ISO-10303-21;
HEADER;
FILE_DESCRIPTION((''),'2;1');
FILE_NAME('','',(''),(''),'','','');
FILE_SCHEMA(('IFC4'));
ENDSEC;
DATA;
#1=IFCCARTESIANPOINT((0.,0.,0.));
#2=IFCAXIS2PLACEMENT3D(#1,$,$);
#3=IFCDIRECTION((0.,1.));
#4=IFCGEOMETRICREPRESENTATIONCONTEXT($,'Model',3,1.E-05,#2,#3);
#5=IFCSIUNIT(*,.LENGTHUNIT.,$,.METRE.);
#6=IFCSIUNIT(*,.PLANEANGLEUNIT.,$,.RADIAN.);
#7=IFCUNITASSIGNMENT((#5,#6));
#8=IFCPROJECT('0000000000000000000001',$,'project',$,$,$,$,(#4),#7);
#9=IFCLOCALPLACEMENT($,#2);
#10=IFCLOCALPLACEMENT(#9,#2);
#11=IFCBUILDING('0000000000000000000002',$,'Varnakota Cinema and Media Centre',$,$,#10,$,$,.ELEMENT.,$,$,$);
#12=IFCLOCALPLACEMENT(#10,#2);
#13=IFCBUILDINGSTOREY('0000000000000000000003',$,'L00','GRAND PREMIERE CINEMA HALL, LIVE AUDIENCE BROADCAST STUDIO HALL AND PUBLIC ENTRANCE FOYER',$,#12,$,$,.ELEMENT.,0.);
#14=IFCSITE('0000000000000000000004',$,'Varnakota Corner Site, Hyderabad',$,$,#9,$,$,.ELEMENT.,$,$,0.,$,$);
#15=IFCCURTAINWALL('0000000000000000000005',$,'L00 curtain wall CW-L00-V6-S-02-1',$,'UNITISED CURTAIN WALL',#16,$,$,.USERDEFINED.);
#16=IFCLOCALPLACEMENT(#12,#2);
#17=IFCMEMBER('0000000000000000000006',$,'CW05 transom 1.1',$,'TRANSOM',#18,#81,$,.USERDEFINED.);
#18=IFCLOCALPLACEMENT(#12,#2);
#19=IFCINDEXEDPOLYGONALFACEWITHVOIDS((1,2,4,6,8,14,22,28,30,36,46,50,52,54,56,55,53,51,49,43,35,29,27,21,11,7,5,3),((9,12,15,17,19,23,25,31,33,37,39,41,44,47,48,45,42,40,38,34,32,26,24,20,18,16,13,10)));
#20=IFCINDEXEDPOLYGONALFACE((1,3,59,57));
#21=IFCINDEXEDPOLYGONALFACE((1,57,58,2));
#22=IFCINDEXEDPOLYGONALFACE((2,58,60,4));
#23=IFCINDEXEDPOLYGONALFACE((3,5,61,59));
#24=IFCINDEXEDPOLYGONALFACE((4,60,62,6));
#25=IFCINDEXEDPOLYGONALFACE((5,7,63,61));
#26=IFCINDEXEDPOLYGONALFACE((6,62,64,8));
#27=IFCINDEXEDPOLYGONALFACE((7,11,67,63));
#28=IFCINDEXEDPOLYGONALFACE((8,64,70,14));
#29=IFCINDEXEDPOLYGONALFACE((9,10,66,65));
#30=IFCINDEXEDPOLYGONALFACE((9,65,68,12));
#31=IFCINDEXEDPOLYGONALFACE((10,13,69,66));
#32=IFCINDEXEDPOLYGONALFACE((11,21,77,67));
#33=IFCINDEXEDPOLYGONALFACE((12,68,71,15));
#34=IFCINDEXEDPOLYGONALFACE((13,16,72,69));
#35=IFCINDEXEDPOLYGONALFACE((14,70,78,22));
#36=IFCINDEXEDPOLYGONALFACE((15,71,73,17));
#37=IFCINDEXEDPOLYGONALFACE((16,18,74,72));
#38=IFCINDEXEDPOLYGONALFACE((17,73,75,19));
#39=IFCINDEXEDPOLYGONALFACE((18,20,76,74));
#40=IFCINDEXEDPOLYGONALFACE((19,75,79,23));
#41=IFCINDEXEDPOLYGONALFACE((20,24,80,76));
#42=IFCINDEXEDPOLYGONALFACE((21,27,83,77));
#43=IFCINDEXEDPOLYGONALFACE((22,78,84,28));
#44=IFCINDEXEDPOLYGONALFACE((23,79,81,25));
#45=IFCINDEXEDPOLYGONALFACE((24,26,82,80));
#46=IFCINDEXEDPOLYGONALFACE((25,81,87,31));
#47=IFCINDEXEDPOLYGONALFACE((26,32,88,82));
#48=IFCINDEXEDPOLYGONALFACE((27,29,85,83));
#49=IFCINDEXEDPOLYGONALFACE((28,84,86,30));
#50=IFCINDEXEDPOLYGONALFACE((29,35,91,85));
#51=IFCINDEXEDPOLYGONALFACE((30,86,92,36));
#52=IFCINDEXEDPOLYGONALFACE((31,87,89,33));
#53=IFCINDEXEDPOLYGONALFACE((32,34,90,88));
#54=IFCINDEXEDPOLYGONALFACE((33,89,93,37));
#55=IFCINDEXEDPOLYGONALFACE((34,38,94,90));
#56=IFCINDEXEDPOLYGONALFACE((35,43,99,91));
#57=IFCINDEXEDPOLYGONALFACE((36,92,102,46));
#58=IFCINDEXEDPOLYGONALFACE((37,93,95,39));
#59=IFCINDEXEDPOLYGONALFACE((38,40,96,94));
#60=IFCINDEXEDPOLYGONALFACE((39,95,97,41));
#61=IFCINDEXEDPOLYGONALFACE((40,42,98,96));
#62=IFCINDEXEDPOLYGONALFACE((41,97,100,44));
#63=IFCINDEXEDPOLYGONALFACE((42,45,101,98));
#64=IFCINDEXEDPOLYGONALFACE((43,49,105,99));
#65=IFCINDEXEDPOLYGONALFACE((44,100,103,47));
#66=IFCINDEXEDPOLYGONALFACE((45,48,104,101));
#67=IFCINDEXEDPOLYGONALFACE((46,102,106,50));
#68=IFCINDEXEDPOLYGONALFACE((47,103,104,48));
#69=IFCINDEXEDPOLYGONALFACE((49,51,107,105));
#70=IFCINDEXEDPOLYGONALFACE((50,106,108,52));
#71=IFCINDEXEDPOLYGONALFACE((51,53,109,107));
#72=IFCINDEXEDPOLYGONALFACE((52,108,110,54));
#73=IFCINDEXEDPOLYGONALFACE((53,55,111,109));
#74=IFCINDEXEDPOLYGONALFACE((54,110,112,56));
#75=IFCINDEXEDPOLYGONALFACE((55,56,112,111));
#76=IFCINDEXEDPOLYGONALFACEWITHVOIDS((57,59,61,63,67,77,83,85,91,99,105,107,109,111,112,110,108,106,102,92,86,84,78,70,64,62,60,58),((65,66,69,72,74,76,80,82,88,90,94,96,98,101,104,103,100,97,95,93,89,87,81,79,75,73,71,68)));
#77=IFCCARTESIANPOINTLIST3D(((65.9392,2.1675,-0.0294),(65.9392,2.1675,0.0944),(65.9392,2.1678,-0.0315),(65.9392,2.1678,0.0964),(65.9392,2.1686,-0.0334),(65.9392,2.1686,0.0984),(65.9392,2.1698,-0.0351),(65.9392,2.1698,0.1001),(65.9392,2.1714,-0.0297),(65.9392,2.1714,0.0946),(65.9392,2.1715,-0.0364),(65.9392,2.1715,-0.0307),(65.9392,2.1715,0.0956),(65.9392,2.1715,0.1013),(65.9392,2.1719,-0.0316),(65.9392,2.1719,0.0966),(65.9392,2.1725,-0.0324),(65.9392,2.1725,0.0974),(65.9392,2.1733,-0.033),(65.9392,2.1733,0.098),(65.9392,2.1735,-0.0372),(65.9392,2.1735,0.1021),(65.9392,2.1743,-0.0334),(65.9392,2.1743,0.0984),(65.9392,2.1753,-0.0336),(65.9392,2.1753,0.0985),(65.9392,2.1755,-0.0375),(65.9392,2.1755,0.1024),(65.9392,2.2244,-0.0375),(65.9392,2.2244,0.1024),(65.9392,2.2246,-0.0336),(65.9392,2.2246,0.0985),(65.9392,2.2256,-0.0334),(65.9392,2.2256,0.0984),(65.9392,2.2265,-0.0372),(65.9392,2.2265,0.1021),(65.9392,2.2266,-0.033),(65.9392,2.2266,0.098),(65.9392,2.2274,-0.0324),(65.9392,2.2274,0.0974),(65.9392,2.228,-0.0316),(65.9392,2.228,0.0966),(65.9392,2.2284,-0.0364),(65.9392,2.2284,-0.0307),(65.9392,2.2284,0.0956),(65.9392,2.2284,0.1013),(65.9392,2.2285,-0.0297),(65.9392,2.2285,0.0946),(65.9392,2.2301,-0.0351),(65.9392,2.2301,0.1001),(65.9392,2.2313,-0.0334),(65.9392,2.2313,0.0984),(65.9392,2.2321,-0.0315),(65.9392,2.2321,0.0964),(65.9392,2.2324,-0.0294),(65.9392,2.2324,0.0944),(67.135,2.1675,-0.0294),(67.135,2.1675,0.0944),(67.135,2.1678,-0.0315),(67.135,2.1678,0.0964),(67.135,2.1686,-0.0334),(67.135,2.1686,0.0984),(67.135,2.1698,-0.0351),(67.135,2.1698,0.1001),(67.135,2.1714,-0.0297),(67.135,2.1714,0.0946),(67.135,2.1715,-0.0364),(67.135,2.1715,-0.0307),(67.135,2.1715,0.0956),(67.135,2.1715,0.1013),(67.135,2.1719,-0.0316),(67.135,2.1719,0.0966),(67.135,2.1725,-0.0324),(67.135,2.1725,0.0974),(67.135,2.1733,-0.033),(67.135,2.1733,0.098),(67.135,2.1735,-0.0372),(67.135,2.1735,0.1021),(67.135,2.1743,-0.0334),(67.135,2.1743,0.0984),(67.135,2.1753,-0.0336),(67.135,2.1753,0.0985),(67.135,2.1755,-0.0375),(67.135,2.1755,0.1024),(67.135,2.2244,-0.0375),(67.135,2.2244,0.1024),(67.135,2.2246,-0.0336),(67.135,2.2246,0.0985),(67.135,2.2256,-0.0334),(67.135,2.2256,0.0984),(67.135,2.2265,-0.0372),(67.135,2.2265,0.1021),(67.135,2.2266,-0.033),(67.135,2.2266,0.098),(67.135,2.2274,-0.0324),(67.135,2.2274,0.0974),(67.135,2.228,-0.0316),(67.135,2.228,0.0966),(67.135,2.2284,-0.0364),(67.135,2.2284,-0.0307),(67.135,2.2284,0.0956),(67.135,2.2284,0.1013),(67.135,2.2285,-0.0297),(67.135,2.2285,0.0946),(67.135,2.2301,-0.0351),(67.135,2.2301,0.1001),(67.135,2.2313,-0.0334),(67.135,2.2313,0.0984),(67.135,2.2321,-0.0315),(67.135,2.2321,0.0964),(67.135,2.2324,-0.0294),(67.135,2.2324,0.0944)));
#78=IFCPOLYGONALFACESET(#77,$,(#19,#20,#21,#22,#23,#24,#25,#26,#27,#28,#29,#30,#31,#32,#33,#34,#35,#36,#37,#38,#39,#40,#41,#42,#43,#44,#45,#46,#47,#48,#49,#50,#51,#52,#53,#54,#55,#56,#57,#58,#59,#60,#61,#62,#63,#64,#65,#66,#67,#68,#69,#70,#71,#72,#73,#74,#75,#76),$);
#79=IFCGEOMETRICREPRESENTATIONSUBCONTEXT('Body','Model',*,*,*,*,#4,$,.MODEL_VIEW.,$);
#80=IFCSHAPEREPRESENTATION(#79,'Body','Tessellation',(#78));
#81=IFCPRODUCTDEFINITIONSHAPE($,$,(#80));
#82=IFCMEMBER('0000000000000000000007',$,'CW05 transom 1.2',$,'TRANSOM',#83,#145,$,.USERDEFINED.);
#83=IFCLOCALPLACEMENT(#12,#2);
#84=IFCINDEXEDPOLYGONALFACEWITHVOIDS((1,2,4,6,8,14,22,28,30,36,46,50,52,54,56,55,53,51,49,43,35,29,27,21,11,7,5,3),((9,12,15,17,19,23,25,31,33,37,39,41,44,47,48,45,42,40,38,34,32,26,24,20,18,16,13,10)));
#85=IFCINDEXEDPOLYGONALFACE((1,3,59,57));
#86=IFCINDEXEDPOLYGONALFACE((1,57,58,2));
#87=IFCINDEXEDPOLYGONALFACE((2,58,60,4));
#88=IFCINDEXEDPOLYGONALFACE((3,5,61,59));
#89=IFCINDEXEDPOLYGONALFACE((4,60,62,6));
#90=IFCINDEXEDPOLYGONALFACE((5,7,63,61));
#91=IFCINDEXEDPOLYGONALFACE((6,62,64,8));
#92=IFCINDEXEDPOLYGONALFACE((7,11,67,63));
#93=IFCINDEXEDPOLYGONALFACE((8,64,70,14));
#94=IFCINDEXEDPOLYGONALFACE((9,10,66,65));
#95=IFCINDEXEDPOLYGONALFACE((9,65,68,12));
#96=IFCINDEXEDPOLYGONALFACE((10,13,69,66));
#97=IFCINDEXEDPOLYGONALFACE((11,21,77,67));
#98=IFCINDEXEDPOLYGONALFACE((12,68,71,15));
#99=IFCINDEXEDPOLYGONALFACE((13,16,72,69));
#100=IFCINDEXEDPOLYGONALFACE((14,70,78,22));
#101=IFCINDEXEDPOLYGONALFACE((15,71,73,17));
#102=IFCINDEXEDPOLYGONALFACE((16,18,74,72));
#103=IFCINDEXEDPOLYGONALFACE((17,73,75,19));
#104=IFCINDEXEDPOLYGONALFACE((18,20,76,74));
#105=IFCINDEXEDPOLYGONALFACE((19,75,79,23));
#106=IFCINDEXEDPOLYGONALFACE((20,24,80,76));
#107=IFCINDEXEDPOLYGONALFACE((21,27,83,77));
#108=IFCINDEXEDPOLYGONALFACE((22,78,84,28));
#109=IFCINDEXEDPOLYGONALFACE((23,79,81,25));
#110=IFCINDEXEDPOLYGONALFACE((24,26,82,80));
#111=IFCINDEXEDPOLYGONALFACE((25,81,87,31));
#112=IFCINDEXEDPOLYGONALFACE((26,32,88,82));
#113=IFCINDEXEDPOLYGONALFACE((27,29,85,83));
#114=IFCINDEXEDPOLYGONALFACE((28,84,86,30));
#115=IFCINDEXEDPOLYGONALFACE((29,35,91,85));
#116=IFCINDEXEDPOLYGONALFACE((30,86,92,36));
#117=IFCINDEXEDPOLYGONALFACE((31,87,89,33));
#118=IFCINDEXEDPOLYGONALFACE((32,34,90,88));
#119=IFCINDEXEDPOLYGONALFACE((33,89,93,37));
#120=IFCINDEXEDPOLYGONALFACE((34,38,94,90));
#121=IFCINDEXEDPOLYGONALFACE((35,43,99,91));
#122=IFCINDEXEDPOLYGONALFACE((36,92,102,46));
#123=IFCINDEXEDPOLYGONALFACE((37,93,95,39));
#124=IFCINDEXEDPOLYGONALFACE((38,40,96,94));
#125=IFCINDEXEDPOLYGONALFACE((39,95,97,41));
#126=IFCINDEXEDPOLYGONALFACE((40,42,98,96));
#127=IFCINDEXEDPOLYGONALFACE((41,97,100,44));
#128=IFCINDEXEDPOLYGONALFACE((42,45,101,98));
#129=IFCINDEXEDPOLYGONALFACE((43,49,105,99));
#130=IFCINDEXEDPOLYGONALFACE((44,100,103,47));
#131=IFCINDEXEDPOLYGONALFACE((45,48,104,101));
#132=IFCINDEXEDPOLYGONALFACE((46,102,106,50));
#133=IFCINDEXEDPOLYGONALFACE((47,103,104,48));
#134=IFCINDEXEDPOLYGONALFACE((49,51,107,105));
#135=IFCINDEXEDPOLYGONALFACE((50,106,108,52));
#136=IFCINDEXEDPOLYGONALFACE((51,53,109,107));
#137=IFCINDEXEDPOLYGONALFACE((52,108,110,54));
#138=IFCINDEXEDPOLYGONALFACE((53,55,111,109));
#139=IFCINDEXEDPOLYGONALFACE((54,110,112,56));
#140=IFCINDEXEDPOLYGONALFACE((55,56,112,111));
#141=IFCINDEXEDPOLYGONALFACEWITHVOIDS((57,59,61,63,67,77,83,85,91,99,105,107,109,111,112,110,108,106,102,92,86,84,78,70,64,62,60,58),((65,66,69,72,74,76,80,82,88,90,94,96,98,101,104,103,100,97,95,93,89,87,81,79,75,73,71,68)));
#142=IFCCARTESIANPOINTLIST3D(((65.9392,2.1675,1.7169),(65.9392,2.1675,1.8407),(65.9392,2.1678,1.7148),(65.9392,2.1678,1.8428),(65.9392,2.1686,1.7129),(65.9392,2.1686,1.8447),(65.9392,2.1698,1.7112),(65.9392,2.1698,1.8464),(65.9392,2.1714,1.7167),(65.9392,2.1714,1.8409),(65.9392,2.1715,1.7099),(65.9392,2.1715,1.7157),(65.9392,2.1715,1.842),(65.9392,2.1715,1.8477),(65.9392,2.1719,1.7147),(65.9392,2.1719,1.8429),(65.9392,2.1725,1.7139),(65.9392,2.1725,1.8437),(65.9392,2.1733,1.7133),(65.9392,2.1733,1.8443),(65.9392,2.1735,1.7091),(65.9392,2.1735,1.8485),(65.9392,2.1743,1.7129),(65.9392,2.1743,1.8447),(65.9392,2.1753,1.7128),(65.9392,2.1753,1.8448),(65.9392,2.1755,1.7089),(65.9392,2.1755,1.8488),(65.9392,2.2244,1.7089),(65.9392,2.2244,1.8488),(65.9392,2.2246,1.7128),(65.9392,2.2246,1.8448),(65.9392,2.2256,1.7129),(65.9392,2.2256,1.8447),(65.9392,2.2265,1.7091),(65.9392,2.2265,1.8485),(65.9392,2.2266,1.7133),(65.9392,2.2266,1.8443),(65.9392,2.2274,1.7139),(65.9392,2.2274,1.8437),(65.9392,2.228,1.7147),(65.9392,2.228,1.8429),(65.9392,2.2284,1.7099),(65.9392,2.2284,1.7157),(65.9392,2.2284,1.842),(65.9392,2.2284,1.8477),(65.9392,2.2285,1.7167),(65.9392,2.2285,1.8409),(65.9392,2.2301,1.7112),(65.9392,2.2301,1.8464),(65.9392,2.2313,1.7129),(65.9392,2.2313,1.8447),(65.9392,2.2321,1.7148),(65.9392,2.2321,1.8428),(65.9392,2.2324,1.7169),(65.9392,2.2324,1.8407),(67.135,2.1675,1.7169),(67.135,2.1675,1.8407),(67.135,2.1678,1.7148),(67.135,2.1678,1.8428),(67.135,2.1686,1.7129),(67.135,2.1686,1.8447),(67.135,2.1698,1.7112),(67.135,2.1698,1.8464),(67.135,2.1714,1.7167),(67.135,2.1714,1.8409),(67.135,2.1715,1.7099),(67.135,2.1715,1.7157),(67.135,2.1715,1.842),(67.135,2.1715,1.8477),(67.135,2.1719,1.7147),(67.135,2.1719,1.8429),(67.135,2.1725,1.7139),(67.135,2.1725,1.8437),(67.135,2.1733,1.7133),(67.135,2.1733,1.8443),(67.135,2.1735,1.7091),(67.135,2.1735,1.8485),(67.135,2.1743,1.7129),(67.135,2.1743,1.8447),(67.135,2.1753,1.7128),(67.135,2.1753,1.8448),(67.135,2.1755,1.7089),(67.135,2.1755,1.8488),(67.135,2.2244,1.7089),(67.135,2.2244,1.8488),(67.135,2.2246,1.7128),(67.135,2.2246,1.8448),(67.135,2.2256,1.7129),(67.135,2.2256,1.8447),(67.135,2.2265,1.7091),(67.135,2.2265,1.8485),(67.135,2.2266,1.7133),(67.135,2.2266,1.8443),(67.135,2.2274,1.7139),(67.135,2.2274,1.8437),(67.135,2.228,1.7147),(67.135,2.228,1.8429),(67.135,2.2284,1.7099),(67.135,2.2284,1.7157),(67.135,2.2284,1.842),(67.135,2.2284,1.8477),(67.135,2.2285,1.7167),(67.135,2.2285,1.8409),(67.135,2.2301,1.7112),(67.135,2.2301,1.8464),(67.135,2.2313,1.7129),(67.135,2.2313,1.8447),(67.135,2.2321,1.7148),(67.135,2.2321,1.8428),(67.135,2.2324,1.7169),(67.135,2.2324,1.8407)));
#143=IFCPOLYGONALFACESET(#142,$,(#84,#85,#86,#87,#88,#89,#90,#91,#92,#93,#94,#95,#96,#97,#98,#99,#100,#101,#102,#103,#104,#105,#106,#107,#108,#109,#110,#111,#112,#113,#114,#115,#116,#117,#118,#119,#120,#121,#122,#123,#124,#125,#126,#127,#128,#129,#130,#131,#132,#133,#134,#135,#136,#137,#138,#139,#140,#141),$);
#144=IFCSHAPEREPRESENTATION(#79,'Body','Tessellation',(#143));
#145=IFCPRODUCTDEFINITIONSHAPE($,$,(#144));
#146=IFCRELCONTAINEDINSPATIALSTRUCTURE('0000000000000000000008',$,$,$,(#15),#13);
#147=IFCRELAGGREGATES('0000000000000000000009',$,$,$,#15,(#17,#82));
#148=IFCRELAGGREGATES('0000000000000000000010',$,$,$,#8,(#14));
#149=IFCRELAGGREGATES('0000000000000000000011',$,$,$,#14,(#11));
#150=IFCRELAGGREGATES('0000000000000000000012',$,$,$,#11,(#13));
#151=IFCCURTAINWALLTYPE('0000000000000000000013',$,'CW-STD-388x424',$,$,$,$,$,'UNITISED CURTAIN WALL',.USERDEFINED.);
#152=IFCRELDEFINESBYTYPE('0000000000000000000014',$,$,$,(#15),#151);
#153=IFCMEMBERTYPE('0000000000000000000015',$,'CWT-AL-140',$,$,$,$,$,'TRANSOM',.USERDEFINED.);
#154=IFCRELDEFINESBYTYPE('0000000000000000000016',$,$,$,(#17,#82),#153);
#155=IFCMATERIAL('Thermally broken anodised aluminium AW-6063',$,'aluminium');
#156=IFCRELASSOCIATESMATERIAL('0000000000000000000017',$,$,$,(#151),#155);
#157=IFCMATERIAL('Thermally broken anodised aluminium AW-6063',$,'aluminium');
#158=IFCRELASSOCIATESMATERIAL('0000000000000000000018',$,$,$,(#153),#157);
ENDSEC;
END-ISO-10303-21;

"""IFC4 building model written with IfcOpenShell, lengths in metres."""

from ifc_helpers import new_model, si_unit, direction, frame, origin, origin_2d, place, context, subcontext, project, spatial, hollow_rectangle, extrude, material, material_profile, profile_set, type_object, element, aggregate, save


model = new_model("IFC4")

# Units and contexts
model_context = context("Model", 3, precision=1e-05, world=origin(), true_north=direction((0.0, 1.0)))
body_context = subcontext(model_context, "Body", "Model", "MODEL_VIEW")
ifc_project = project(units=[si_unit("LENGTHUNIT", "METRE"), si_unit("PLANEANGLEUNIT", "RADIAN")], contexts=[model_context])

# Site, building, storey
site_placement = place(None, origin())
site = spatial("IfcSite", under=ifc_project, at=site_placement, Name="Varnakota Corner Site, Hyderabad", CompositionType="ELEMENT", RefElevation=0.0)
building_placement = place(site_placement, origin())
building = spatial("IfcBuilding", under=site, at=building_placement, Name="Varnakota Cinema and Media Centre", CompositionType="ELEMENT")
storey_placement = place(building_placement, origin())
storey = spatial("IfcBuildingStorey", under=building, at=storey_placement, Name="L00", Description="GRAND PREMIERE CINEMA HALL, LIVE AUDIENCE BROADCAST STUDIO HALL AND PUBLIC ENTRANCE FOYER", CompositionType="ELEMENT", Elevation=0.0)

# Curtain wall
ifc_material_1 = material(Name="Thermally broken anodised aluminium AW-6063", Category="aluminium")
curtain_wall_type = type_object("IfcCurtainWallType", Name="CW-STD-388x424", ElementType="UNITISED CURTAIN WALL", PredefinedType="USERDEFINED", material=ifc_material_1)
curtain_wall_1_placement = place(storey_placement, origin())
curtain_wall_1 = element("IfcCurtainWall", 1, at=curtain_wall_1_placement, inside=storey, type_object=curtain_wall_type, Name="L00 curtain wall CW-L00-V6-S-02-1", ObjectType="UNITISED CURTAIN WALL", PredefinedType="USERDEFINED")

# Members
ifc_material_2 = material(Name="Thermally broken anodised aluminium AW-6063", Category="aluminium")
ifc_material_profile_1 = material_profile(ifc_material_2, hollow_rectangle(XDim=0.0649, YDim=0.1399, WallThickness=0.0039, InnerFilletRadius=0.0039, OuterFilletRadius=0.0081, at=origin_2d()), Name="AL-TRANSOM 140x65x4")
ifc_profile_set_1 = profile_set([ifc_material_profile_1], Name="Thermally broken anodised aluminium AW-6063")
member_type_1 = type_object("IfcMemberType", Name="CWT-AL-140", ElementType="TRANSOM", PredefinedType="USERDEFINED", material=ifc_profile_set_1)
member_1_placement = place(storey_placement, frame((67.135, 2.2, 0.0325), z_axis=(-1.0, 0.0, 0.0), x_axis=(0.0, -1.0, 0.0)))
member_1 = element("IfcMember", 2, at=member_1_placement, type_object=member_type_1, Name="CW05 transom 1.1", ObjectType="TRANSOM", PredefinedType="USERDEFINED", context=body_context, shape_type="SweptSolid", body=[
    extrude(hollow_rectangle(XDim=0.0649, YDim=0.1399, WallThickness=0.0039, InnerFilletRadius=0.0039, OuterFilletRadius=0.0081, at=origin_2d()), origin(), (0.0, 0.0, 1.0), 1.1958),
])
member_2_placement = place(storey_placement, frame((67.135, 2.2, 1.7788), z_axis=(-1.0, 0.0, 0.0), x_axis=(0.0, -1.0, 0.0)))
member_2 = element("IfcMember", 3, at=member_2_placement, type_object=member_type_1, Name="CW05 transom 1.2", ObjectType="TRANSOM", PredefinedType="USERDEFINED", context=body_context, shape_type="SweptSolid", body=[
    extrude(hollow_rectangle(XDim=0.0649, YDim=0.1399, WallThickness=0.0039, InnerFilletRadius=0.0039, OuterFilletRadius=0.0081, at=origin_2d()), origin(), (0.0, 0.0, 1.0), 1.1958),
])

aggregate(curtain_wall_1, [member_1, member_2])

save(model, "model.ifc")
